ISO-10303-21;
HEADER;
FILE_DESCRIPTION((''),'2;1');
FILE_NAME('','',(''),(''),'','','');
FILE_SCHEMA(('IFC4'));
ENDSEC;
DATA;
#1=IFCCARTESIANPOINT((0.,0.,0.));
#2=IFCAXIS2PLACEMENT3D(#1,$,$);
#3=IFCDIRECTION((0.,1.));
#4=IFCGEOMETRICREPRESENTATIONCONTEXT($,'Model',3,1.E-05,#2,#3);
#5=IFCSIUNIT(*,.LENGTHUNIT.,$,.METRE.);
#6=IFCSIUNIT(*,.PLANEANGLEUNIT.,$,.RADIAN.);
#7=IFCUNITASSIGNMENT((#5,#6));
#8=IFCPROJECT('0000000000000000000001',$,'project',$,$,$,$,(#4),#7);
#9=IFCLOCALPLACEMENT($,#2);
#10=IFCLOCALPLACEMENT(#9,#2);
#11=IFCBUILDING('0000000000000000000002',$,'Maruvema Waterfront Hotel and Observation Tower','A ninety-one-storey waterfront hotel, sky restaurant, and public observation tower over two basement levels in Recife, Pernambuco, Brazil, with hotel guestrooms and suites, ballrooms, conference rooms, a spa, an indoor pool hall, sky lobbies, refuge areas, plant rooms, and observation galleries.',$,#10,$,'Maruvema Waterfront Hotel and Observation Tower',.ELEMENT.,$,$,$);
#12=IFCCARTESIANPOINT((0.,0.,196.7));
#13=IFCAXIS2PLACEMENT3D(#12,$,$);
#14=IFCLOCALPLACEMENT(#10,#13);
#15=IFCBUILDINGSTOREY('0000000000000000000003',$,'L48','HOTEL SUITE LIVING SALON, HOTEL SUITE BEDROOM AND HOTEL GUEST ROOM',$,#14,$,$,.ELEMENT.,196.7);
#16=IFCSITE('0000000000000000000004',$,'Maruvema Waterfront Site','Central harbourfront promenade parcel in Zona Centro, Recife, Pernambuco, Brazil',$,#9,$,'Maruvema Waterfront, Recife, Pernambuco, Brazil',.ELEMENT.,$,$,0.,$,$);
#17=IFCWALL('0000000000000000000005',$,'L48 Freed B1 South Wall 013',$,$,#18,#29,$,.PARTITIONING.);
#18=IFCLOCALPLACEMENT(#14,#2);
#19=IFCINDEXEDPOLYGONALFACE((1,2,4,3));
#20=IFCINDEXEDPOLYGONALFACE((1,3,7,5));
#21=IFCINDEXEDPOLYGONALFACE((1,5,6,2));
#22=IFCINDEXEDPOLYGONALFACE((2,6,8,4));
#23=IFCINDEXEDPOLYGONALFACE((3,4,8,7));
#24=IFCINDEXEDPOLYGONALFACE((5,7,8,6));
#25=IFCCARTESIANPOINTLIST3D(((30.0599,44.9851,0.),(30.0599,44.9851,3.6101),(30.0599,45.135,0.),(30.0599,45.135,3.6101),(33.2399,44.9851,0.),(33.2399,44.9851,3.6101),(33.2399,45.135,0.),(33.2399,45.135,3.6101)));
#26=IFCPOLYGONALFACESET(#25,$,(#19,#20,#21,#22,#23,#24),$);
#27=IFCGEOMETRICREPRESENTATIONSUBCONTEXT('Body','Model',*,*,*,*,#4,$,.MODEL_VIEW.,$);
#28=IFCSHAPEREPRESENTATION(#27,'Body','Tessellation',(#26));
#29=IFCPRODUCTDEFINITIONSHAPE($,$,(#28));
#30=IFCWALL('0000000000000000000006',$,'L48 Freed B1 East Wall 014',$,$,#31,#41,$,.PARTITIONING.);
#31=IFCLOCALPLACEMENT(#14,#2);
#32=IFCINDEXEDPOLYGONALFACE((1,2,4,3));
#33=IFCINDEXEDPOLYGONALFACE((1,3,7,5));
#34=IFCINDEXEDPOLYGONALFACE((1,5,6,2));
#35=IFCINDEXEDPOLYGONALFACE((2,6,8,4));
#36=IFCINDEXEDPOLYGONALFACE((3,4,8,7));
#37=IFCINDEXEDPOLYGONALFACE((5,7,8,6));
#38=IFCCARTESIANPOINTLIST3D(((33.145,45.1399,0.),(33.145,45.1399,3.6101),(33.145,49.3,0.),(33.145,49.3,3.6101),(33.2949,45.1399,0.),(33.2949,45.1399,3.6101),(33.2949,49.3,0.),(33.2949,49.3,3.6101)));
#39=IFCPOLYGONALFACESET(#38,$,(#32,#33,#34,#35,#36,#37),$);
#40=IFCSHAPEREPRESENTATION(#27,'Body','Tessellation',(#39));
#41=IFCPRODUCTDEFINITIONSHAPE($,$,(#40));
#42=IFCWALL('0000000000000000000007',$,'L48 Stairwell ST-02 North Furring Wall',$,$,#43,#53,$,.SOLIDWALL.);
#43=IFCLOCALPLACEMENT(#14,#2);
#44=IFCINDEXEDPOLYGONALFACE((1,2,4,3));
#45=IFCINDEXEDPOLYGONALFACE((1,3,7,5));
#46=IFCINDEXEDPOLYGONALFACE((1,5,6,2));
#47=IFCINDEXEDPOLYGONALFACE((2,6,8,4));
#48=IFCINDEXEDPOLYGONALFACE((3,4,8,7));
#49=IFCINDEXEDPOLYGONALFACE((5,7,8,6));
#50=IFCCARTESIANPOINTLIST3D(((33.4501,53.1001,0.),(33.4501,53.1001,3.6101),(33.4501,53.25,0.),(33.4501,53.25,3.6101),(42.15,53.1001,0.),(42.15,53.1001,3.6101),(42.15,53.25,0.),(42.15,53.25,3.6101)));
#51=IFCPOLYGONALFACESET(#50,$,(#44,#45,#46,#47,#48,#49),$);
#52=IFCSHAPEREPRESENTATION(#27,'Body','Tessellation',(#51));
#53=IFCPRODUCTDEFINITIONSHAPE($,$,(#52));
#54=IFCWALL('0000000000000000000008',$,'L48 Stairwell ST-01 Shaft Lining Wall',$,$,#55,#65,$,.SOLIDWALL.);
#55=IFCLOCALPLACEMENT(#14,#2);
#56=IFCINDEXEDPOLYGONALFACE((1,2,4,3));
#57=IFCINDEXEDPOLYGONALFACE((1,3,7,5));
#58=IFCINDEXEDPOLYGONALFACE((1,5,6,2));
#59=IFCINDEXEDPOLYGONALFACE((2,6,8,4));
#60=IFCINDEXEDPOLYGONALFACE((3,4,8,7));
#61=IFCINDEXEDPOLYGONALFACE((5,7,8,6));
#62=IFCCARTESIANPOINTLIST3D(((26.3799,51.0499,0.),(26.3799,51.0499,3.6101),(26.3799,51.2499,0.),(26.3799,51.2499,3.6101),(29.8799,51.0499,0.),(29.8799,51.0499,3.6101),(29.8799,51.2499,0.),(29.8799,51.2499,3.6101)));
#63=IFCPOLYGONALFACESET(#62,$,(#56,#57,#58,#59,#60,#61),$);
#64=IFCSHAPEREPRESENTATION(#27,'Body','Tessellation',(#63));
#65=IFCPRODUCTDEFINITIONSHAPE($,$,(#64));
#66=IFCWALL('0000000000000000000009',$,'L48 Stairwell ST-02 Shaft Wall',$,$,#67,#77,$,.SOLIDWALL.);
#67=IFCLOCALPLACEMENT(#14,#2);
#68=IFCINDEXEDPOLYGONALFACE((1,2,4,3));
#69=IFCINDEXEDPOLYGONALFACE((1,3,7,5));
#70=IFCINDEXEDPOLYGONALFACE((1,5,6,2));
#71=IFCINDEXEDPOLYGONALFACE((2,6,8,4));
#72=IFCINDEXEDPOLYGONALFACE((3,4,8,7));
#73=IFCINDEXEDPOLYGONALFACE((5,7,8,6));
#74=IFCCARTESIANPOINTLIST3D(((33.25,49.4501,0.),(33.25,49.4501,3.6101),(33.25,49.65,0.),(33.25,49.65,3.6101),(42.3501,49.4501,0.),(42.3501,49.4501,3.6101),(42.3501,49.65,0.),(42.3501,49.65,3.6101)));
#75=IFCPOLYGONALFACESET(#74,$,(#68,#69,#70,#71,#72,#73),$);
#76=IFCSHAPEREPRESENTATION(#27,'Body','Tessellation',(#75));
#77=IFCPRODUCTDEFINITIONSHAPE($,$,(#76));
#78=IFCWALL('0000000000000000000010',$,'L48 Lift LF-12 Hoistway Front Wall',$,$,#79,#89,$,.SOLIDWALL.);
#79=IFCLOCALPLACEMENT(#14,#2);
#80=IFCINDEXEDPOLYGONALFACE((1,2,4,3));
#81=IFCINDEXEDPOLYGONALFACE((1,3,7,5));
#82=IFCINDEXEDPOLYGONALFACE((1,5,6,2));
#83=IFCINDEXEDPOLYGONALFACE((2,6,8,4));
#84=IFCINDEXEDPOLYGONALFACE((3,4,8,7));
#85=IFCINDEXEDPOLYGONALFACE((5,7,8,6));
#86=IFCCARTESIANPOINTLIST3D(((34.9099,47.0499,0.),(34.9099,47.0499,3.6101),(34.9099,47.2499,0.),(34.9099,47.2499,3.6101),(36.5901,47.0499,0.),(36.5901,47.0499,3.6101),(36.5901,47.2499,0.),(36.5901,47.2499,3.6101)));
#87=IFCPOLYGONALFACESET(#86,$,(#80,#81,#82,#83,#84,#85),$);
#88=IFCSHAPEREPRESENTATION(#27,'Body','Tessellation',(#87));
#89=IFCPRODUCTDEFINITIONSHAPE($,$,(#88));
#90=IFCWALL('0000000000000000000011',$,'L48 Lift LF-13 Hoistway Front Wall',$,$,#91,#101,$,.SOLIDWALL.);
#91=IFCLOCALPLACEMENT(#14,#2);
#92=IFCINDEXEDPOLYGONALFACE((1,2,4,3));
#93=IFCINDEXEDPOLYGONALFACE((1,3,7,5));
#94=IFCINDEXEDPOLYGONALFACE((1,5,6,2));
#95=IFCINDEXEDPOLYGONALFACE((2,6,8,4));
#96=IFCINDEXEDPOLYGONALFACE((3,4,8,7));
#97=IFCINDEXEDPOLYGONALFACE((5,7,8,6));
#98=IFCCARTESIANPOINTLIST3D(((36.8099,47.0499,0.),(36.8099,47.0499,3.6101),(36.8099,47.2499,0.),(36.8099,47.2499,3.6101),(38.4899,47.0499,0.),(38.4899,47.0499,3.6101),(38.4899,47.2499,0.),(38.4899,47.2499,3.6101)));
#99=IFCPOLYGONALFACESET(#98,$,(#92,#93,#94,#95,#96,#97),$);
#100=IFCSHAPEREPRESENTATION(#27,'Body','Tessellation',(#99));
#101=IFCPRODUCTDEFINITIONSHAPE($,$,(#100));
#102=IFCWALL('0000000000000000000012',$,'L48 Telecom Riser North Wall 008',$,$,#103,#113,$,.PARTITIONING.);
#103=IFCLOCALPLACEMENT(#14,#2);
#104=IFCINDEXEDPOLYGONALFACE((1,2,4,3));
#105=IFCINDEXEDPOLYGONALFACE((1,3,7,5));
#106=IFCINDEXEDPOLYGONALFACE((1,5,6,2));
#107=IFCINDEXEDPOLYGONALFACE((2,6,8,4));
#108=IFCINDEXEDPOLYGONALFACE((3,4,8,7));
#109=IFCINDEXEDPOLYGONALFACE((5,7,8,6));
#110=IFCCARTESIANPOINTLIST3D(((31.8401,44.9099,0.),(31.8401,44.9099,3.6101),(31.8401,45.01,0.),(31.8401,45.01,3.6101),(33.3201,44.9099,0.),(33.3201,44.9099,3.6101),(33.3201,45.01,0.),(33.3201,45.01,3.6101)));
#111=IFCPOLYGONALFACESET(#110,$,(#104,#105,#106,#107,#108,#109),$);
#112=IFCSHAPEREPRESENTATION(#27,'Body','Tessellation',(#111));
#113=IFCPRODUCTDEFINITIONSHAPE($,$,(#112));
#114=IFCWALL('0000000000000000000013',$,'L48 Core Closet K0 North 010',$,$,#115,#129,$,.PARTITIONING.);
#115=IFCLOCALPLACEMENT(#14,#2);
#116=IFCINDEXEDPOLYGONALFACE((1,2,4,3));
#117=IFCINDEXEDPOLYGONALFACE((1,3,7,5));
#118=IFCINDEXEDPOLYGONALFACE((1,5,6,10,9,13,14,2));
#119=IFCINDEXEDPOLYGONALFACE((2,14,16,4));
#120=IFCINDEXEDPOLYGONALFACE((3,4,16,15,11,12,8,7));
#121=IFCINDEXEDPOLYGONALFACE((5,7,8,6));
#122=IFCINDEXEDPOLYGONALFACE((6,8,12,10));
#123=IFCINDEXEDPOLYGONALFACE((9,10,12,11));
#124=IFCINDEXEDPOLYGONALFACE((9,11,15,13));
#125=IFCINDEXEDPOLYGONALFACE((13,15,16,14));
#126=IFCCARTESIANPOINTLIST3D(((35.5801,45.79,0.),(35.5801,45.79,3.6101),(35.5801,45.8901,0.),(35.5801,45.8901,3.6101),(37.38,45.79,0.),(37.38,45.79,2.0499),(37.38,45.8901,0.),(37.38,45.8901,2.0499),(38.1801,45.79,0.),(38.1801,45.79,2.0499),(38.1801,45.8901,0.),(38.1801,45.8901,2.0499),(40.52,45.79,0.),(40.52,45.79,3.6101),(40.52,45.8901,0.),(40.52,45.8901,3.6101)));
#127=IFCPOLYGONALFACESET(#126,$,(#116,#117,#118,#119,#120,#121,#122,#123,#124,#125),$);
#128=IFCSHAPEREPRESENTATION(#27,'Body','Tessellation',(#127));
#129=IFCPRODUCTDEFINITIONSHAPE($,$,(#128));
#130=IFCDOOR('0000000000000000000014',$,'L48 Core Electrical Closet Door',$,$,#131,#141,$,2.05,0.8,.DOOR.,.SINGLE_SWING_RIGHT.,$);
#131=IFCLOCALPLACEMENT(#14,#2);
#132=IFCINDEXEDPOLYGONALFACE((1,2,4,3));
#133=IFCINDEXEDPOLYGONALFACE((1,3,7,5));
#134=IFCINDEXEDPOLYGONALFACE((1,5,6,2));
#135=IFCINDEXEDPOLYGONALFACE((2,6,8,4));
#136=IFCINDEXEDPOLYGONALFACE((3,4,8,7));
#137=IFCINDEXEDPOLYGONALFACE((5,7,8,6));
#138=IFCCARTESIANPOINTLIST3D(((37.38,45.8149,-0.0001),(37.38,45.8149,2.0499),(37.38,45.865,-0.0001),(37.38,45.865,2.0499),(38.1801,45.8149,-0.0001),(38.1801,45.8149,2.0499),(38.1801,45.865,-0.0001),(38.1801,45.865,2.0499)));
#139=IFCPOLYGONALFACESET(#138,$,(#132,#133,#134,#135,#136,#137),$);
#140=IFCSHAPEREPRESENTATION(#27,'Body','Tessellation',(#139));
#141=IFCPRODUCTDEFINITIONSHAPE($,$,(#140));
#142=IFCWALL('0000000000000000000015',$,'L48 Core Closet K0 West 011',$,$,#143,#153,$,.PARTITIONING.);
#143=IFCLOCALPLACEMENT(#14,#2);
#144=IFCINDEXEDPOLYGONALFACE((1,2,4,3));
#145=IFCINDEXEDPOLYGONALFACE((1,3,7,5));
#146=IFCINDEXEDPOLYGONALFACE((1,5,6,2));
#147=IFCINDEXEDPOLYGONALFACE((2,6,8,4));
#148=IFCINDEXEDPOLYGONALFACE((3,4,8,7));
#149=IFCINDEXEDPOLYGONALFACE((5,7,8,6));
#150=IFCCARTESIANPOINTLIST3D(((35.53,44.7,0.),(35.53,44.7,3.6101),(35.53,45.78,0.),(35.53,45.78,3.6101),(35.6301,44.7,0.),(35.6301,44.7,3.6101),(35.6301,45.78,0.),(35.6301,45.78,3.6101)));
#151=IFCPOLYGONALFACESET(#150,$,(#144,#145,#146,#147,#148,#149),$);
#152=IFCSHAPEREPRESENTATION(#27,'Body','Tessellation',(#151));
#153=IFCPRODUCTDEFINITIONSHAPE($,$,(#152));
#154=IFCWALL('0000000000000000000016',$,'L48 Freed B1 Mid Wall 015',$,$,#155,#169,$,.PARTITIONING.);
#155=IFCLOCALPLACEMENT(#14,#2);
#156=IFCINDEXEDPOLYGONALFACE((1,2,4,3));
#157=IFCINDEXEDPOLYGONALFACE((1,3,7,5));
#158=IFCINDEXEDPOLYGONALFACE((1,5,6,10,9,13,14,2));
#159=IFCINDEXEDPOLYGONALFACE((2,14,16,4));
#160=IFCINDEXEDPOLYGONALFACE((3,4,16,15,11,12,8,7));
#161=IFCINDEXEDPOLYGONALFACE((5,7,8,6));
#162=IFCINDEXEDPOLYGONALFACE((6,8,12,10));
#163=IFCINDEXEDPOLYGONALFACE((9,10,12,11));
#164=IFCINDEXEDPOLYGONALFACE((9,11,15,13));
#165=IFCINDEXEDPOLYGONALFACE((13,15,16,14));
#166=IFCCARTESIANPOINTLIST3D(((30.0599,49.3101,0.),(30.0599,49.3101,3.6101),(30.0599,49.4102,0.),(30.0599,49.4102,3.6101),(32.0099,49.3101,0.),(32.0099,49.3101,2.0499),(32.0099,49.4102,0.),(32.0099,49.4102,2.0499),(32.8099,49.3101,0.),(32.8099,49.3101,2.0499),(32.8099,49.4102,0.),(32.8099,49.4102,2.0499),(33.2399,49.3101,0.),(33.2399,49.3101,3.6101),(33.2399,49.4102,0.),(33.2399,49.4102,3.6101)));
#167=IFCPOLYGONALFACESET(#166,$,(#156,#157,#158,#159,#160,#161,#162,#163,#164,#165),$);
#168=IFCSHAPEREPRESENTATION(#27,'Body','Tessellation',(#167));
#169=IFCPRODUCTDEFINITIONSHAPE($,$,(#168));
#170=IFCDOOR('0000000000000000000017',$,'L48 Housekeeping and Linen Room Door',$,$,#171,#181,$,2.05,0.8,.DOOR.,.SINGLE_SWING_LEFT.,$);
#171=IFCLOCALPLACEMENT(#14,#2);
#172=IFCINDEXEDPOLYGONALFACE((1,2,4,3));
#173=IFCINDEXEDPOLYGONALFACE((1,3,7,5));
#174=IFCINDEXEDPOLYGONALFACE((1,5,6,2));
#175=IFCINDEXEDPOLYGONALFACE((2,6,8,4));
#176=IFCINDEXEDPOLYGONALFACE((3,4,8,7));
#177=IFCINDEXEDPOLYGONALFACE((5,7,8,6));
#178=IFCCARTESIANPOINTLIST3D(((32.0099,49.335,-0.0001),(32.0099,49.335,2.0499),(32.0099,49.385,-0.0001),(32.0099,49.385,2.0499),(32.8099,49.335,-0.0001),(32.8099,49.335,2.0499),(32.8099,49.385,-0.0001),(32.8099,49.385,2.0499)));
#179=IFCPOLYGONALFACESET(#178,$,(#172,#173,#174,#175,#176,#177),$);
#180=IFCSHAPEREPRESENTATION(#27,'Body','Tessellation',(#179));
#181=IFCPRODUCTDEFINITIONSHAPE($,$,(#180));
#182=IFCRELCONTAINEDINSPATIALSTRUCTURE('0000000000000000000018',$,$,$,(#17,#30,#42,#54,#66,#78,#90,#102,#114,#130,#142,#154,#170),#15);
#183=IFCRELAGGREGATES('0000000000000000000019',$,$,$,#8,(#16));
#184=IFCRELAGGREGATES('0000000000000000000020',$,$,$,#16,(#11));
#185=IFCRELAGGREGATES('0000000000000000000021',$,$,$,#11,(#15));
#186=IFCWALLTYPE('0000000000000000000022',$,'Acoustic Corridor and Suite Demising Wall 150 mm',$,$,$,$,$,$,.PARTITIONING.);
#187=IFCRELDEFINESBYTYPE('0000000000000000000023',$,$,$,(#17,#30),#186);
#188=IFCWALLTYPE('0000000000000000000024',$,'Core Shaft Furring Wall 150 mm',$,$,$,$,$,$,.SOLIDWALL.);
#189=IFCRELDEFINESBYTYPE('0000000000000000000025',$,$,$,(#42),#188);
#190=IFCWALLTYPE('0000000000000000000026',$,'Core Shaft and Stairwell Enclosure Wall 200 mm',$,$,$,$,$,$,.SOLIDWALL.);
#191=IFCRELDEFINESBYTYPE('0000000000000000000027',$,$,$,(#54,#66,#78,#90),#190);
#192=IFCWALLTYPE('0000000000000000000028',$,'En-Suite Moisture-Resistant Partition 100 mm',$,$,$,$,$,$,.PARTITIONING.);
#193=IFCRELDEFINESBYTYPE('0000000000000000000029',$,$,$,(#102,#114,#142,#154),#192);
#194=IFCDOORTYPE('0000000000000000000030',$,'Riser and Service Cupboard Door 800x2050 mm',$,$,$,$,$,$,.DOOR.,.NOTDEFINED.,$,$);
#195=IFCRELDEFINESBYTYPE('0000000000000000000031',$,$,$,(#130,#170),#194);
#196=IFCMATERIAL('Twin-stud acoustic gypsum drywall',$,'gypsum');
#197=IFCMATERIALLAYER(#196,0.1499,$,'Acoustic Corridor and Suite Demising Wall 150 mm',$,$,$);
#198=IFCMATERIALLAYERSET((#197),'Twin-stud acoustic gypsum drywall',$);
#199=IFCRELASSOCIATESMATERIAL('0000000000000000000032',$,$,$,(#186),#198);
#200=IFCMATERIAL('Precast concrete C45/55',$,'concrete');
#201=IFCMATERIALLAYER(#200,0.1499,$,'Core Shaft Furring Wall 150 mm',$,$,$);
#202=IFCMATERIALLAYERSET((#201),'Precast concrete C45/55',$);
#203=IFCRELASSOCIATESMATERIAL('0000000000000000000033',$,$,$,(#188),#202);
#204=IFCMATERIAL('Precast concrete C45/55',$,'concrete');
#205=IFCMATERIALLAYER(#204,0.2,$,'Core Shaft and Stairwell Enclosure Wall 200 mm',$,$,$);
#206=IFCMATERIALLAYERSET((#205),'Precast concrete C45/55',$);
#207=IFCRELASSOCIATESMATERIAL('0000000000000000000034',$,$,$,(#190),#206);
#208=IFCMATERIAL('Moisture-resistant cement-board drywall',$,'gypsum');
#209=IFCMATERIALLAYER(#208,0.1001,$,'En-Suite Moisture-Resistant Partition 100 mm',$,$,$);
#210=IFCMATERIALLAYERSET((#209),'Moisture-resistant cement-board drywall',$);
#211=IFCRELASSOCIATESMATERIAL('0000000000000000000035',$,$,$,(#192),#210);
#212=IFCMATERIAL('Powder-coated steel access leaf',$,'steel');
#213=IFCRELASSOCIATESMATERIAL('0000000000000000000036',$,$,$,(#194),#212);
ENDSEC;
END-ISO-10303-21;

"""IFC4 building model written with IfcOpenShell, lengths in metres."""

from ifc_helpers import new_model, si_unit, direction, frame, frame_2d, origin, place, context, subcontext, project, spatial, rectangle, extrude, material, layer, layer_set, type_object, element, fill, save


model = new_model("IFC4")

# Units and contexts
model_context = context("Model", 3, precision=1e-05, world=origin(), true_north=direction((0.0, 1.0)))
body_context = subcontext(model_context, "Body", "Model", "MODEL_VIEW")
ifc_project = project(units=[si_unit("LENGTHUNIT", "METRE"), si_unit("PLANEANGLEUNIT", "RADIAN")], contexts=[model_context])

# Site, building, storey
site_placement = place(None, origin())
site = spatial("IfcSite", under=ifc_project, at=site_placement, Name="Maruvema Waterfront Site", Description="Central harbourfront promenade parcel in Zona Centro, Recife, Pernambuco, Brazil", LongName="Maruvema Waterfront, Recife, Pernambuco, Brazil", CompositionType="ELEMENT", RefElevation=0.0)
building_placement = place(site_placement, origin())
building = spatial("IfcBuilding", under=site, at=building_placement, Name="Maruvema Waterfront Hotel and Observation Tower", Description="A ninety-one-storey waterfront hotel, sky restaurant, and public observation tower over two basement levels in Recife, Pernambuco, Brazil, with hotel guestrooms and suites, ballrooms, conference rooms, a spa, an indoor pool hall, sky lobbies, refuge areas, plant rooms, and observation galleries.", LongName="Maruvema Waterfront Hotel and Observation Tower", CompositionType="ELEMENT")
storey_placement = place(building_placement, frame((0.0, 0.0, 196.7)))
storey = spatial("IfcBuildingStorey", under=building, at=storey_placement, Name="L48", Description="HOTEL SUITE LIVING SALON, HOTEL SUITE BEDROOM AND HOTEL GUEST ROOM", CompositionType="ELEMENT", Elevation=196.7)

# Walls
ifc_material_1 = material(Name="Twin-stud acoustic gypsum drywall", Category="gypsum")
ifc_layer_1 = layer(ifc_material_1, 0.1499, Name="Acoustic Corridor and Suite Demising Wall 150 mm")
ifc_layer_set_1 = layer_set([ifc_layer_1], Name="Twin-stud acoustic gypsum drywall")
wall_type_1 = type_object("IfcWallType", Name="Acoustic Corridor and Suite Demising Wall 150 mm", PredefinedType="PARTITIONING", material=ifc_layer_set_1)
wall_1_placement = place(storey_placement, frame((30.0601, 45.0601, 0.0), z_axis=(0.0, 0.0, 1.0), x_axis=(1.0, 0.0, 0.0)))
element("IfcWall", 1, at=wall_1_placement, inside=storey, type_object=wall_type_1, Name="L48 Freed B1 South Wall 013", PredefinedType="PARTITIONING", context=body_context, shape_type="SweptSolid", body=[
    extrude(rectangle(XDim=3.1799, YDim=0.1499, at=frame_2d((1.5898, 0.0))), origin(), (0.0, 0.0, 1.0), 3.6101),
])
wall_2_placement = place(storey_placement, frame((33.22, 45.1399, 0.0), z_axis=(0.0, 0.0, 1.0), x_axis=(0.0, 1.0, 0.0)))
element("IfcWall", 2, at=wall_2_placement, inside=storey, type_object=wall_type_1, Name="L48 Freed B1 East Wall 014", PredefinedType="PARTITIONING", context=body_context, shape_type="SweptSolid", body=[
    extrude(rectangle(XDim=4.1602, YDim=0.1499, at=frame_2d((2.0801, 0.0))), origin(), (0.0, 0.0, 1.0), 3.6101),
])
ifc_material_2 = material(Name="Precast concrete C45/55", Category="concrete")
ifc_layer_2 = layer(ifc_material_2, 0.1499, Name="Core Shaft Furring Wall 150 mm")
ifc_layer_set_2 = layer_set([ifc_layer_2], Name="Precast concrete C45/55")
wall_type_2 = type_object("IfcWallType", Name="Core Shaft Furring Wall 150 mm", PredefinedType="SOLIDWALL", material=ifc_layer_set_2)
wall_3_placement = place(storey_placement, frame((33.45, 53.175, 0.0), z_axis=(0.0, 0.0, 1.0), x_axis=(1.0, 0.0, 0.0)))
element("IfcWall", 3, at=wall_3_placement, inside=storey, type_object=wall_type_2, Name="L48 Stairwell ST-02 North Furring Wall", PredefinedType="SOLIDWALL", context=body_context, shape_type="SweptSolid", body=[
    extrude(rectangle(XDim=8.7, YDim=0.1499, at=frame_2d((4.3501, 0.0))), origin(), (0.0, 0.0, 1.0), 3.6101),
])
ifc_material_3 = material(Name="Precast concrete C45/55", Category="concrete")
ifc_layer_3 = layer(ifc_material_3, 0.2, Name="Core Shaft and Stairwell Enclosure Wall 200 mm")
ifc_layer_set_3 = layer_set([ifc_layer_3], Name="Precast concrete C45/55")
wall_type_3 = type_object("IfcWallType", Name="Core Shaft and Stairwell Enclosure Wall 200 mm", PredefinedType="SOLIDWALL", material=ifc_layer_set_3)
wall_4_placement = place(storey_placement, frame((26.3799, 51.1499, 0.0), z_axis=(0.0, 0.0, 1.0), x_axis=(1.0, 0.0, 0.0)))
element("IfcWall", 4, at=wall_4_placement, inside=storey, type_object=wall_type_3, Name="L48 Stairwell ST-01 Shaft Lining Wall", PredefinedType="SOLIDWALL", context=body_context, shape_type="SweptSolid", body=[
    extrude(rectangle(XDim=3.5, YDim=0.2, at=frame_2d((1.75, 0.0))), origin(), (0.0, 0.0, 1.0), 3.6101),
])
wall_5_placement = place(storey_placement, frame((33.25, 49.55, 0.0), z_axis=(0.0, 0.0, 1.0), x_axis=(1.0, 0.0, 0.0)))
element("IfcWall", 5, at=wall_5_placement, inside=storey, type_object=wall_type_3, Name="L48 Stairwell ST-02 Shaft Wall", PredefinedType="SOLIDWALL", context=body_context, shape_type="SweptSolid", body=[
    extrude(rectangle(XDim=9.1001, YDim=0.2, at=frame_2d((4.55, 0.0))), origin(), (0.0, 0.0, 1.0), 3.6101),
])

# Walls
wall_6_placement = place(storey_placement, frame((34.9099, 47.1499, 0.0), z_axis=(0.0, 0.0, 1.0), x_axis=(1.0, 0.0, 0.0)))
element("IfcWall", 6, at=wall_6_placement, inside=storey, type_object=wall_type_3, Name="L48 Lift LF-12 Hoistway Front Wall", PredefinedType="SOLIDWALL", context=body_context, shape_type="SweptSolid", body=[
    extrude(rectangle(XDim=1.6802, YDim=0.2, at=frame_2d((0.8401, 0.0))), origin(), (0.0, 0.0, 1.0), 3.6101),
])
wall_7_placement = place(storey_placement, frame((36.8101, 47.1499, 0.0), z_axis=(0.0, 0.0, 1.0), x_axis=(1.0, 0.0, 0.0)))
element("IfcWall", 7, at=wall_7_placement, inside=storey, type_object=wall_type_3, Name="L48 Lift LF-13 Hoistway Front Wall", PredefinedType="SOLIDWALL", context=body_context, shape_type="SweptSolid", body=[
    extrude(rectangle(XDim=1.6799, YDim=0.2, at=frame_2d((0.8398, 0.0))), origin(), (0.0, 0.0, 1.0), 3.6101),
])
ifc_material_4 = material(Name="Moisture-resistant cement-board drywall", Category="gypsum")
ifc_layer_4 = layer(ifc_material_4, 0.1001, Name="En-Suite Moisture-Resistant Partition 100 mm")
ifc_layer_set_4 = layer_set([ifc_layer_4], Name="Moisture-resistant cement-board drywall")
wall_type_4 = type_object("IfcWallType", Name="En-Suite Moisture-Resistant Partition 100 mm", PredefinedType="PARTITIONING", material=ifc_layer_set_4)
wall_8_placement = place(storey_placement, frame((31.8401, 44.96, 0.0), z_axis=(0.0, 0.0, 1.0), x_axis=(1.0, 0.0, 0.0)))
element("IfcWall", 8, at=wall_8_placement, inside=storey, type_object=wall_type_4, Name="L48 Telecom Riser North Wall 008", PredefinedType="PARTITIONING", context=body_context, shape_type="SweptSolid", body=[
    extrude(rectangle(XDim=1.48, YDim=0.1001, at=frame_2d((0.74, 0.0))), origin(), (0.0, 0.0, 1.0), 3.6101),
])

# Wall, opening, door
wall_9_placement = place(storey_placement, frame((35.5801, 45.8401, 0.0), z_axis=(0.0, 0.0, 1.0), x_axis=(1.0, 0.0, 0.0)))
wall_9 = element("IfcWall", 9, at=wall_9_placement, inside=storey, type_object=wall_type_4, Name="L48 Core Closet K0 North 010", PredefinedType="PARTITIONING", context=body_context, shape_type="SweptSolid", body=[
    extrude(rectangle(XDim=4.9399, YDim=0.1001, at=frame_2d((2.47, 0.0))), origin(), (0.0, 0.0, 1.0), 3.6101),
])
opening_1_placement = place(wall_9_placement, frame((1.8, 0.0, 0.0)))
opening_1 = element("IfcOpeningElement", 10, at=opening_1_placement, cuts=wall_9, PredefinedType="OPENING", context=body_context, shape_type="SweptSolid", body=[
    extrude(rectangle(XDim=0.8, YDim=2.05, at=frame_2d((0.3999, 1.0249))), frame((0.0, 0.0601, 0.0), z_axis=(0.0, -1.0, 0.0), x_axis=(1.0, 0.0, 0.0)), (0.0, 0.0, 1.0), 0.1201),
])
ifc_material_5 = material(Name="Powder-coated steel access leaf", Category="steel")
door_type_1 = type_object("IfcDoorType", Name="Riser and Service Cupboard Door 800x2050 mm", OperationType="NOTDEFINED", PredefinedType="DOOR", material=ifc_material_5)
door_1_placement = place(opening_1_placement, origin())
door_1 = element("IfcDoor", 11, at=door_1_placement, inside=storey, type_object=door_type_1, Name="L48 Core Electrical Closet Door", OperationType="SINGLE_SWING_RIGHT", OverallHeight=2.05, OverallWidth=0.8, PredefinedType="DOOR", context=body_context, shape_type="SweptSolid", body=[
    extrude(rectangle(XDim=0.8, YDim=2.05, at=frame_2d((0.3999, 1.0249))), frame((0.0, 0.0249, 0.0), z_axis=(0.0, -1.0, 0.0), x_axis=(1.0, 0.0, 0.0)), (0.0, 0.0, 1.0), 0.05),
])
fill(opening_1, door_1)

# Wall
wall_10_placement = place(storey_placement, frame((35.5801, 44.7, 0.0), z_axis=(0.0, 0.0, 1.0), x_axis=(0.0, 1.0, 0.0)))
element("IfcWall", 12, at=wall_10_placement, inside=storey, type_object=wall_type_4, Name="L48 Core Closet K0 West 011", PredefinedType="PARTITIONING", context=body_context, shape_type="SweptSolid", body=[
    extrude(rectangle(XDim=1.0801, YDim=0.1001, at=frame_2d((0.54, 0.0))), origin(), (0.0, 0.0, 1.0), 3.6101),
])

# Wall, opening, door
wall_11_placement = place(storey_placement, frame((30.0601, 49.3601, 0.0), z_axis=(0.0, 0.0, 1.0), x_axis=(1.0, 0.0, 0.0)))
wall_11 = element("IfcWall", 13, at=wall_11_placement, inside=storey, type_object=wall_type_4, Name="L48 Freed B1 Mid Wall 015", PredefinedType="PARTITIONING", context=body_context, shape_type="SweptSolid", body=[
    extrude(rectangle(XDim=3.1799, YDim=0.1001, at=frame_2d((1.5898, 0.0))), origin(), (0.0, 0.0, 1.0), 3.6101),
])
opening_2_placement = place(wall_11_placement, frame((1.95, 0.0, 0.0)))
opening_2 = element("IfcOpeningElement", 14, at=opening_2_placement, cuts=wall_11, PredefinedType="OPENING", context=body_context, shape_type="SweptSolid", body=[
    extrude(rectangle(XDim=0.8, YDim=2.05, at=frame_2d((0.3999, 1.0249))), frame((0.0, 0.0601, 0.0), z_axis=(0.0, -1.0, 0.0), x_axis=(1.0, 0.0, 0.0)), (0.0, 0.0, 1.0), 0.1201),
])
door_2_placement = place(opening_2_placement, origin())
door_2 = element("IfcDoor", 15, at=door_2_placement, inside=storey, type_object=door_type_1, Name="L48 Housekeeping and Linen Room Door", OperationType="SINGLE_SWING_LEFT", OverallHeight=2.05, OverallWidth=0.8, PredefinedType="DOOR", context=body_context, shape_type="SweptSolid", body=[
    extrude(rectangle(XDim=0.8, YDim=2.05, at=frame_2d((0.3999, 1.0249))), frame((0.0, 0.0249, 0.0), z_axis=(0.0, -1.0, 0.0), x_axis=(1.0, 0.0, 0.0)), (0.0, 0.0, 1.0), 0.05),
])
fill(opening_2, door_2)

save(model, "model.ifc")
